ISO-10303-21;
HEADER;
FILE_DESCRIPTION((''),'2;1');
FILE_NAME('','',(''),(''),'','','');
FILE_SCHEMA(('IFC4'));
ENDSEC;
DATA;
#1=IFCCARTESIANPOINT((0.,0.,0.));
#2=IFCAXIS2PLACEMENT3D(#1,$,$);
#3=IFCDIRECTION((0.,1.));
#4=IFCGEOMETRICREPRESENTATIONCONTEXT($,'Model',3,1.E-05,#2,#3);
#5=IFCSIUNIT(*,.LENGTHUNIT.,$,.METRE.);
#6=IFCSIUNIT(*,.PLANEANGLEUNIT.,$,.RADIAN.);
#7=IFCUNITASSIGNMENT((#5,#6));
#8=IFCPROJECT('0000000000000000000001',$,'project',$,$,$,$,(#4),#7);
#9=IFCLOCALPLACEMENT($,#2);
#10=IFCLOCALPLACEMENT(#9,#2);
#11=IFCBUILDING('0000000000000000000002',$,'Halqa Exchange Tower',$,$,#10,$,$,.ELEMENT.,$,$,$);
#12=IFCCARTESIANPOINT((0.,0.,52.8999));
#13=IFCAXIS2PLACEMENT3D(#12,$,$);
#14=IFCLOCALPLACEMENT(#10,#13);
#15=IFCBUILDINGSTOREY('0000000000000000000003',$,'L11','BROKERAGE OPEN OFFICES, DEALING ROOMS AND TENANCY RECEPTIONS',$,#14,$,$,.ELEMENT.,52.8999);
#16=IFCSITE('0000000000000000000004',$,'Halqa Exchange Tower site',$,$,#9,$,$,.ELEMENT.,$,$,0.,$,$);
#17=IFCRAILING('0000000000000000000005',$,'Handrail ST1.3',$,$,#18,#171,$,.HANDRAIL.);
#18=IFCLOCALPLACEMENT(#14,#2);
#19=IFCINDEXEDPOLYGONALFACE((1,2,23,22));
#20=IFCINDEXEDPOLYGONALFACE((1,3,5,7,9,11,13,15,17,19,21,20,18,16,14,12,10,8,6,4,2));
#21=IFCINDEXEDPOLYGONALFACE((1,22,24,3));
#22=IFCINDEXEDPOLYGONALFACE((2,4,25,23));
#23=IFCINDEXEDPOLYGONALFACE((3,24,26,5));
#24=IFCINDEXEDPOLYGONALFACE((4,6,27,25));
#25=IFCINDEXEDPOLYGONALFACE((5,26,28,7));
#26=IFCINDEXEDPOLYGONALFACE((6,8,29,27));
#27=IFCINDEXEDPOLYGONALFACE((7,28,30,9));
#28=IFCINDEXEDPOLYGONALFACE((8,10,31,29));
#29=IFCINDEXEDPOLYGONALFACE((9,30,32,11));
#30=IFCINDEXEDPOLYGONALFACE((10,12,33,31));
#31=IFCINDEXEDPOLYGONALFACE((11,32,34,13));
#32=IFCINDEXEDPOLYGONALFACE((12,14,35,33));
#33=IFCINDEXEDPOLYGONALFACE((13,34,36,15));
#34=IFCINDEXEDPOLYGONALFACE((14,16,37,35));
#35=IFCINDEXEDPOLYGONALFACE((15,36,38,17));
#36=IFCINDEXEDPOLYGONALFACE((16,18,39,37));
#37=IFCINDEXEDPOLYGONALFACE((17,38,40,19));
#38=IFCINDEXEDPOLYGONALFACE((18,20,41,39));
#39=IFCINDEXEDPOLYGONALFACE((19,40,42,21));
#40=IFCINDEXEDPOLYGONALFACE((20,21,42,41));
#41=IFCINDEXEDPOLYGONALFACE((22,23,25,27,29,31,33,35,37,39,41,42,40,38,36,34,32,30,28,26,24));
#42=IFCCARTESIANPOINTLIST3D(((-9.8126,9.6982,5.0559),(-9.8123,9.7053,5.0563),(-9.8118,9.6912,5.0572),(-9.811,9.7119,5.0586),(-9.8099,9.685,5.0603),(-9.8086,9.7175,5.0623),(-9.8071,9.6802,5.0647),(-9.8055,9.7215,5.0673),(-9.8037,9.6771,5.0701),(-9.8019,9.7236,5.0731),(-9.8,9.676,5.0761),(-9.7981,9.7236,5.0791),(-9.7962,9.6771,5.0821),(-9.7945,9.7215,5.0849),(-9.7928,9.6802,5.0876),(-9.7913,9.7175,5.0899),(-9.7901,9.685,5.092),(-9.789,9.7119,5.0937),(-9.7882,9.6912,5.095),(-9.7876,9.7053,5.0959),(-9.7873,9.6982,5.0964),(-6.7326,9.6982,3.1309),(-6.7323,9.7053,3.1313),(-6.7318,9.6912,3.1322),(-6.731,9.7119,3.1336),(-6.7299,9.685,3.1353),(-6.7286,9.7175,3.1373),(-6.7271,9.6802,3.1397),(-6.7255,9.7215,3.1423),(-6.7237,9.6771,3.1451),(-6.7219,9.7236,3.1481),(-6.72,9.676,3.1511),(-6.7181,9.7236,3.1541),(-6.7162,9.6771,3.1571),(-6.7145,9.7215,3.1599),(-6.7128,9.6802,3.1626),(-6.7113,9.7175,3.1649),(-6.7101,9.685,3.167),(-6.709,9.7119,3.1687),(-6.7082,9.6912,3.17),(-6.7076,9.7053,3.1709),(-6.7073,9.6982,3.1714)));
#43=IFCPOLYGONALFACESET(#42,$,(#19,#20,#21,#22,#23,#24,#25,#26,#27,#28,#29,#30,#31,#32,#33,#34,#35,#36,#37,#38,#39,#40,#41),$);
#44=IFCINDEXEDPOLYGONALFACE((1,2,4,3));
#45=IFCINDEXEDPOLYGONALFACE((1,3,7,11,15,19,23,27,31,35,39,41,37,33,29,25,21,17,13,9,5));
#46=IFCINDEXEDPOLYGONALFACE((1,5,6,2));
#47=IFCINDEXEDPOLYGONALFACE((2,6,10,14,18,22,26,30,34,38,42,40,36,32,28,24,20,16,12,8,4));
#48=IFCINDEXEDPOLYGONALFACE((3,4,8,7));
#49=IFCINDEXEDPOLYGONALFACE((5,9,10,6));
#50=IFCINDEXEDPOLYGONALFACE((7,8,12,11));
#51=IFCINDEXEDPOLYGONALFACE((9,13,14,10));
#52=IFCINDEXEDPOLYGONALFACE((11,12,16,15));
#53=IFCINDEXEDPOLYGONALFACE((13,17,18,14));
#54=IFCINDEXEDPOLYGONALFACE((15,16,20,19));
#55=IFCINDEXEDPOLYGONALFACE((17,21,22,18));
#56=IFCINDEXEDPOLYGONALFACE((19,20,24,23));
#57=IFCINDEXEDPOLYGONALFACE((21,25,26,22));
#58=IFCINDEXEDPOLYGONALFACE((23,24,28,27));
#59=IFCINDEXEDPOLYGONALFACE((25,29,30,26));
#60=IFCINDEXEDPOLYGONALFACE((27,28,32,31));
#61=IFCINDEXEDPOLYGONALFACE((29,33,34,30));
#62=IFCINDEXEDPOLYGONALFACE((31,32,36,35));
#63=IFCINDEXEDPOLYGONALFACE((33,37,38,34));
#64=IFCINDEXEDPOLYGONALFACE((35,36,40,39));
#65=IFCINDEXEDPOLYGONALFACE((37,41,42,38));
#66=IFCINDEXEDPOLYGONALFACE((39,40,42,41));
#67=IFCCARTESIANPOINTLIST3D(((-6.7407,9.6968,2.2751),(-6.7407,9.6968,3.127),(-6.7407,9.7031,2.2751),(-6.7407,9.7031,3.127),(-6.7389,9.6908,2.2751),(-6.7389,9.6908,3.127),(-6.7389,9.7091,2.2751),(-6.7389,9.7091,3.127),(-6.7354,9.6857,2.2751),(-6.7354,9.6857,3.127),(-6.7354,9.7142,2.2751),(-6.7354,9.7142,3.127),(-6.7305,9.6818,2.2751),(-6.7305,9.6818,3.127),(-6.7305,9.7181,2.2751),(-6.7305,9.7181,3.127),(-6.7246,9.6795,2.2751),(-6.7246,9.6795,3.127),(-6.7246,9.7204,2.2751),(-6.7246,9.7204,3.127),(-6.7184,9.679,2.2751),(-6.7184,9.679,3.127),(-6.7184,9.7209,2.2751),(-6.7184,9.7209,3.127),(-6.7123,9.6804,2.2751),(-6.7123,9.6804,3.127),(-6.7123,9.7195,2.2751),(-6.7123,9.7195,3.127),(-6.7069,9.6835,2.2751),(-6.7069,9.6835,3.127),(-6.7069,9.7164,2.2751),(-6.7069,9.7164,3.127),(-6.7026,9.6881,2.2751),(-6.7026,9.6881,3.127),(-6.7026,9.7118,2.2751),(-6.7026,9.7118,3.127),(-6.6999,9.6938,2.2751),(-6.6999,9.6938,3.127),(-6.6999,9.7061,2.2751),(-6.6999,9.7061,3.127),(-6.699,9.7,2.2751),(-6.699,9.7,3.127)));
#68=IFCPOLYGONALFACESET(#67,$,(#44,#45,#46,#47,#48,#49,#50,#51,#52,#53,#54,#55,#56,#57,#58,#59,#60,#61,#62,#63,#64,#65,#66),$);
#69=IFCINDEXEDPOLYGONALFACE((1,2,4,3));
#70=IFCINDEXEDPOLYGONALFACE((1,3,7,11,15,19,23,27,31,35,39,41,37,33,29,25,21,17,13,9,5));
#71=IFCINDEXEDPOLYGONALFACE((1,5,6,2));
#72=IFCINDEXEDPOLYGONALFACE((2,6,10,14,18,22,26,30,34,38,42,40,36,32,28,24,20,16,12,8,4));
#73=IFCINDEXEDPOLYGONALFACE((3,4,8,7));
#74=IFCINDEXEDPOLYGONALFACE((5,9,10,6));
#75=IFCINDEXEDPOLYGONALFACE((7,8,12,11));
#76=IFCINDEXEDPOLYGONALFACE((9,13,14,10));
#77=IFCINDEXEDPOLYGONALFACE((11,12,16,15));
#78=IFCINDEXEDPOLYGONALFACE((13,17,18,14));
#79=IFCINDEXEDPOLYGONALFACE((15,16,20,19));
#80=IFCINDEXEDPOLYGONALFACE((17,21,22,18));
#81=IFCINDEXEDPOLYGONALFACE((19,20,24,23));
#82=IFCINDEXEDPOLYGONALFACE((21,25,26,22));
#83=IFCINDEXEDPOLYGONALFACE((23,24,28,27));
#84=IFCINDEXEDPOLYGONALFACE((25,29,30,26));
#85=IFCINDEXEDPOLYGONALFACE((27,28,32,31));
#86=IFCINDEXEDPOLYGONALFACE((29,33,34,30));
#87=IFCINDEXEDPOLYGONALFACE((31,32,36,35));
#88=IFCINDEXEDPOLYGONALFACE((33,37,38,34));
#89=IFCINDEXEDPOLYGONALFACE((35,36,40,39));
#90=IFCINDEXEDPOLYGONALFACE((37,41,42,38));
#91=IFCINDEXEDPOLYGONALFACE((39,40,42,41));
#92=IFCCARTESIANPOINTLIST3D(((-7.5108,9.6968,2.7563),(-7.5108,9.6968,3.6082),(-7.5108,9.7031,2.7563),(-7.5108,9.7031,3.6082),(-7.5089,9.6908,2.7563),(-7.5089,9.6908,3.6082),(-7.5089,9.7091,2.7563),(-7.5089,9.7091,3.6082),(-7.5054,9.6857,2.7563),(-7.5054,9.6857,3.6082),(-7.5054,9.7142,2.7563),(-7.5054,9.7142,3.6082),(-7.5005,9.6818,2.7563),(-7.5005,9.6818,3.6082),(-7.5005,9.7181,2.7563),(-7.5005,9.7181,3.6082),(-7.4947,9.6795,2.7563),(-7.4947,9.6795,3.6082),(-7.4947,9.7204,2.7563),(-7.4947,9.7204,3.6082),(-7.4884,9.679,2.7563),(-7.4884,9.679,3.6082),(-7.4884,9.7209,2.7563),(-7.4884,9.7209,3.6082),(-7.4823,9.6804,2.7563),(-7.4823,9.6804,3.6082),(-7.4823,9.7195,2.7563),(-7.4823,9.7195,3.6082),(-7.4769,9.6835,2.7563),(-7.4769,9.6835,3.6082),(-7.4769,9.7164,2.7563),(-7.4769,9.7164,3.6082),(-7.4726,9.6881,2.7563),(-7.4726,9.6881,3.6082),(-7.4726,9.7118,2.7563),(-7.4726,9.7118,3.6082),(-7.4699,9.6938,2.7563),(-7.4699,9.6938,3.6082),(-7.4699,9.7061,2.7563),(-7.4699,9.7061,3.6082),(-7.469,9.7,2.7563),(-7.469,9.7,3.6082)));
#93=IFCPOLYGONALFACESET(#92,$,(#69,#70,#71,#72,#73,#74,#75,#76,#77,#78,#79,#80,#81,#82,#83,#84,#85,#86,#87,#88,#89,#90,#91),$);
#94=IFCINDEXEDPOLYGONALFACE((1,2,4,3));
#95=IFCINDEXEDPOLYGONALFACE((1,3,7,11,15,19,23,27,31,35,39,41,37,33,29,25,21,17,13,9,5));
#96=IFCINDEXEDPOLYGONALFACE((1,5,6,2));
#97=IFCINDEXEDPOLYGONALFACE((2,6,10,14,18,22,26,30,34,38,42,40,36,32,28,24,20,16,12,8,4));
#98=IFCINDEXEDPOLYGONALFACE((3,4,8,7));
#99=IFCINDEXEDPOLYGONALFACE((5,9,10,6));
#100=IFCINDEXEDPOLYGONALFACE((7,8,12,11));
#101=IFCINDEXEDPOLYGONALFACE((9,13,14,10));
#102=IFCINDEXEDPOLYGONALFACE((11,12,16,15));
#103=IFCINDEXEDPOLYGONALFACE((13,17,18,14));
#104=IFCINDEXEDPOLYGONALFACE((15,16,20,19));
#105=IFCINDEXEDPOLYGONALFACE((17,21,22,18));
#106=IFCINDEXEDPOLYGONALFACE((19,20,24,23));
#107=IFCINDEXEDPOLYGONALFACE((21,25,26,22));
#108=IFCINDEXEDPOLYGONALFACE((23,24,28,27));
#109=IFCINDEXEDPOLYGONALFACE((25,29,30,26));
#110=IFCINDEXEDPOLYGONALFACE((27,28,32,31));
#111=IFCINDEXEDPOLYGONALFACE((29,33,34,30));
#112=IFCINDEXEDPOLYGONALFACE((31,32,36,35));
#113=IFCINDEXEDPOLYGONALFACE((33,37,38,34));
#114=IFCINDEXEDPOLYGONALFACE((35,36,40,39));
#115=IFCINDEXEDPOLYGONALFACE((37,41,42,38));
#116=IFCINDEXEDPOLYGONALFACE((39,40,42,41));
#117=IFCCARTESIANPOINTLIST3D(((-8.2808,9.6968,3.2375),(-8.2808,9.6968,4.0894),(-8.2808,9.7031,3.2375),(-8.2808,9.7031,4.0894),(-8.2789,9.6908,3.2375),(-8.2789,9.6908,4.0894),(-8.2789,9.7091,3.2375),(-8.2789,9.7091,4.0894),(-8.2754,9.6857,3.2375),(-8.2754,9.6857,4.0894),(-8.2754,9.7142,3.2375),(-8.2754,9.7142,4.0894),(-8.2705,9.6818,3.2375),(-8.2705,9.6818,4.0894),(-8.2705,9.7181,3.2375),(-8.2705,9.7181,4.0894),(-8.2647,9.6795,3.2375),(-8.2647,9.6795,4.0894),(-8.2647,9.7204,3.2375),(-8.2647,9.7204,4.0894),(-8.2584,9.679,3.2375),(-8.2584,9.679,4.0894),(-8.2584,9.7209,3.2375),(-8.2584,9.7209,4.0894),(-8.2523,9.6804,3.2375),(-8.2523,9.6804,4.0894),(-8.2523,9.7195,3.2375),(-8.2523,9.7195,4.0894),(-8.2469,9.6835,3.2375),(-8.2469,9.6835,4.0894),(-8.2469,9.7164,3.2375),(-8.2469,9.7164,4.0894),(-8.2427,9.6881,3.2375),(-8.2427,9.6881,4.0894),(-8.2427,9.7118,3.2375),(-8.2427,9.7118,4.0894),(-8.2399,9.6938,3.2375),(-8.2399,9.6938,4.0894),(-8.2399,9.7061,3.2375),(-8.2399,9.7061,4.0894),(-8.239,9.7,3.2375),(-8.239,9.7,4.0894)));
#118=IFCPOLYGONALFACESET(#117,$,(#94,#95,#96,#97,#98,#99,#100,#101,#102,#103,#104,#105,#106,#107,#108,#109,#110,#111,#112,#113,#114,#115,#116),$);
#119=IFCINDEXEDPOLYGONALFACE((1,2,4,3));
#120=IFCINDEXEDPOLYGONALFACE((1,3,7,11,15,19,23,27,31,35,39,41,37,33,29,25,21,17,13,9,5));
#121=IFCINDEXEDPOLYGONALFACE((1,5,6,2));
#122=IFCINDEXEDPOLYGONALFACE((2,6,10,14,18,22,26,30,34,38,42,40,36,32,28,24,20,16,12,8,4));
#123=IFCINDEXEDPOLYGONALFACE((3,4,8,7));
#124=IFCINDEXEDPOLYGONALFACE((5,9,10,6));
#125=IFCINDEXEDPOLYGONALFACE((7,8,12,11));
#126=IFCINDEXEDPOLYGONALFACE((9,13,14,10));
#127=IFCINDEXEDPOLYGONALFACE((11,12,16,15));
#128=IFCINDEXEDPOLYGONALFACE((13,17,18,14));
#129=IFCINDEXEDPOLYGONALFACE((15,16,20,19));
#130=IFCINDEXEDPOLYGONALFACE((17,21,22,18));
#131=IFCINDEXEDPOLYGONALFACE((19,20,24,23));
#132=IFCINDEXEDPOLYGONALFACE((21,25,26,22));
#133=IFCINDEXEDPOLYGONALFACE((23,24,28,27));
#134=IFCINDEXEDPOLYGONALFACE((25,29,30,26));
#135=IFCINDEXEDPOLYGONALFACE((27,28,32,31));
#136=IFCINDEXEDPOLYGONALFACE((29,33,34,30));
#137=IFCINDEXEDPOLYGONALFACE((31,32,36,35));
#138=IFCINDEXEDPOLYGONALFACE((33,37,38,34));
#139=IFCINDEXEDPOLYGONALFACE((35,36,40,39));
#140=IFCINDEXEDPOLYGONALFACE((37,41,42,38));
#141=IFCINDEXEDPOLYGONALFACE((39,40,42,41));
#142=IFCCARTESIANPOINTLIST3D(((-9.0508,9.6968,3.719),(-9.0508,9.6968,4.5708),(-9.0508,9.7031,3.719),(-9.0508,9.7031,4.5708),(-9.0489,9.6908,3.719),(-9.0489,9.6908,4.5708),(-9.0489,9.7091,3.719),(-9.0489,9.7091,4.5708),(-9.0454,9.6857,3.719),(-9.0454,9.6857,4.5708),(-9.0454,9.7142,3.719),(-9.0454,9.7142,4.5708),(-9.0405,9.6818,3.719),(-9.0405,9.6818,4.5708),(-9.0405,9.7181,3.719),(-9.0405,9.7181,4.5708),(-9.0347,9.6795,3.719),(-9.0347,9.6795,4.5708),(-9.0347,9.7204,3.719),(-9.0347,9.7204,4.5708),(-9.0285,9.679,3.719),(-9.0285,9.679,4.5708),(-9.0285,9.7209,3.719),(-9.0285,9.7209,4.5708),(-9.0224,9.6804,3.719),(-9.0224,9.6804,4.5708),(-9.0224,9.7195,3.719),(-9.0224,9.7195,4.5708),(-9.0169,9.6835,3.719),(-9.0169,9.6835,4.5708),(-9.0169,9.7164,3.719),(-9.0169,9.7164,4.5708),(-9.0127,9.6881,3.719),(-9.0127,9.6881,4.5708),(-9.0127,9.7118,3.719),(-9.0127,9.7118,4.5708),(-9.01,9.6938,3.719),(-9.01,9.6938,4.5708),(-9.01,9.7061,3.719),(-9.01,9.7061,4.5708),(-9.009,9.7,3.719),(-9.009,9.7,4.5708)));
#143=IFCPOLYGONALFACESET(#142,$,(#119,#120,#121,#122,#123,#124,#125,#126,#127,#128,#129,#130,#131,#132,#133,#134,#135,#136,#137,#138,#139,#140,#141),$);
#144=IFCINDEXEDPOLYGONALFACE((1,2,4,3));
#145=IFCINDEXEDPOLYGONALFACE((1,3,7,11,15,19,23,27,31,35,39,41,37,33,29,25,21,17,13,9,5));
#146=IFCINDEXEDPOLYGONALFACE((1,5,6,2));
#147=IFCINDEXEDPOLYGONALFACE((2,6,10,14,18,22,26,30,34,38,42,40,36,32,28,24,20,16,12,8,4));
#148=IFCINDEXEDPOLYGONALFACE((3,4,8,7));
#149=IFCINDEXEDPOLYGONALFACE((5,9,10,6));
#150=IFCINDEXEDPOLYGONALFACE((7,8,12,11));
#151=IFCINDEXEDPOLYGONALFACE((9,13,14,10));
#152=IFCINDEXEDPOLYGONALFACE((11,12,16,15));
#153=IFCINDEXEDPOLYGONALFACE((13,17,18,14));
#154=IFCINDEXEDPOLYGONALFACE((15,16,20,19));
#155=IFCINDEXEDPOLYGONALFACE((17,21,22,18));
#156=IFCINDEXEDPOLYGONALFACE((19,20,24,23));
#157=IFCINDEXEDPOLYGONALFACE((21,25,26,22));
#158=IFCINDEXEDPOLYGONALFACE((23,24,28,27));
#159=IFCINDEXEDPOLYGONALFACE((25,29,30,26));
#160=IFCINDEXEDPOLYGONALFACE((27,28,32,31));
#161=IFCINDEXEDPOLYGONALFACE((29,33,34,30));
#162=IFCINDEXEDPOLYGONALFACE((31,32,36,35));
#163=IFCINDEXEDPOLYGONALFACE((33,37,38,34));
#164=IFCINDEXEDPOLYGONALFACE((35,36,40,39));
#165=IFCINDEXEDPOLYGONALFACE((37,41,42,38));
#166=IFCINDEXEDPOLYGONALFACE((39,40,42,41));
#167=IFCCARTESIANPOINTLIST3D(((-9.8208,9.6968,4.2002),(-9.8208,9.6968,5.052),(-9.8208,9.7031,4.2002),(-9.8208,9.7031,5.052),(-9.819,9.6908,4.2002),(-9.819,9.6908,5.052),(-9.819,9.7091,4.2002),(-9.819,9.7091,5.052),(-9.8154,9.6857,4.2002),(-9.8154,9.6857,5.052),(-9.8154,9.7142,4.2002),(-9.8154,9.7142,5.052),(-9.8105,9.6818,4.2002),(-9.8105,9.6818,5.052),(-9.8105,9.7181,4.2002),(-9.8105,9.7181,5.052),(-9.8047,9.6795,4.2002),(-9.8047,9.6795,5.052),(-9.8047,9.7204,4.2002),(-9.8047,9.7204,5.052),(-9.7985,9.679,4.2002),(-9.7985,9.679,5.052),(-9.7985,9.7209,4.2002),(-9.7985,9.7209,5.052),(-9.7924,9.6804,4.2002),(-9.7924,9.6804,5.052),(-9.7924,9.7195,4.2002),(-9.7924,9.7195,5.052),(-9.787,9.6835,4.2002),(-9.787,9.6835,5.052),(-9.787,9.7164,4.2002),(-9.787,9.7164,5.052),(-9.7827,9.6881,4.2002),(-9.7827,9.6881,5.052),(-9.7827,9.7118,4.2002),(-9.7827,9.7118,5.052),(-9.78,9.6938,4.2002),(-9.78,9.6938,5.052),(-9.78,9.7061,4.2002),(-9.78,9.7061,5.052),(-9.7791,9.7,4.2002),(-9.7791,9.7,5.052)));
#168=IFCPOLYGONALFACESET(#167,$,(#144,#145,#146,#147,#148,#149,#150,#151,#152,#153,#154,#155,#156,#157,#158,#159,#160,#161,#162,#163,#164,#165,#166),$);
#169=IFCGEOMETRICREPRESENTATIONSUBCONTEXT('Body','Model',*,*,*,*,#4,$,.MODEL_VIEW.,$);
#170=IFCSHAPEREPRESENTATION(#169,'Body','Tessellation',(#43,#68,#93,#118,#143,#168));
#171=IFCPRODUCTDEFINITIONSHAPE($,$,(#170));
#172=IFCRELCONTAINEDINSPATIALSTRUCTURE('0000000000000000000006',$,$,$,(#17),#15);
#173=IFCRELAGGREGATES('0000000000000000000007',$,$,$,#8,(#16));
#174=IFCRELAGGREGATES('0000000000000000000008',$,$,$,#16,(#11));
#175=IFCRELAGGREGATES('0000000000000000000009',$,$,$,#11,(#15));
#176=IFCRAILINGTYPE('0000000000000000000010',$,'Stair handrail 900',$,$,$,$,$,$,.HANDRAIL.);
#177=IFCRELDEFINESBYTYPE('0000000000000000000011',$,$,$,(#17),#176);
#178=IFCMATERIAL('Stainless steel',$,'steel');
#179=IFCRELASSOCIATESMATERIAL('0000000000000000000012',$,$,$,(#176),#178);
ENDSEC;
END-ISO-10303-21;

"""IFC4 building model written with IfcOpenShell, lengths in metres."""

from ifc_helpers import new_model, si_unit, direction, frame, origin, origin_2d, place, context, subcontext, project, spatial, circle, extrude, material, type_object, element, save


model = new_model("IFC4")

# Units and contexts
model_context = context("Model", 3, precision=1e-05, world=origin(), true_north=direction((0.0, 1.0)))
body_context = subcontext(model_context, "Body", "Model", "MODEL_VIEW")
ifc_project = project(units=[si_unit("LENGTHUNIT", "METRE"), si_unit("PLANEANGLEUNIT", "RADIAN")], contexts=[model_context])

# Site, building, storey
site_placement = place(None, origin())
site = spatial("IfcSite", under=ifc_project, at=site_placement, Name="Halqa Exchange Tower site", CompositionType="ELEMENT", RefElevation=0.0)
building_placement = place(site_placement, origin())
building = spatial("IfcBuilding", under=site, at=building_placement, Name="Halqa Exchange Tower", CompositionType="ELEMENT")
storey_placement = place(building_placement, frame((0.0, 0.0, 52.8999)))
storey = spatial("IfcBuildingStorey", under=building, at=storey_placement, Name="L11", Description="BROKERAGE OPEN OFFICES, DEALING ROOMS AND TENANCY RECEPTIONS", CompositionType="ELEMENT", Elevation=52.8999)

# Railing
ifc_material_1 = material(Name="Stainless steel", Category="steel")
railing_type_1 = type_object("IfcRailingType", Name="Stair handrail 900", PredefinedType="HANDRAIL", material=ifc_material_1)
railing_1_placement = place(storey_placement, frame((-6.72, 9.7, 2.2751)))
element("IfcRailing", 1, at=railing_1_placement, inside=storey, type_object=railing_type_1, Name="Handrail ST1.3", PredefinedType="HANDRAIL", context=body_context, shape_type="SweptSolid", body=[
    extrude(circle(Radius=0.0239, at=origin_2d()), frame((0.0, 0.0, 0.876), z_axis=(-0.847998, 0.0, 0.529999), x_axis=(0.0, -1.0, 0.0)), (0.0, 0.0, 1.0), 3.6321),
    extrude(circle(Radius=0.021, at=origin_2d()), origin(), (0.0, 0.0, 1.0), 0.8518),
    extrude(circle(Radius=0.021, at=origin_2d()), frame((-0.77, 0.0, 0.4812)), (0.0, 0.0, 1.0), 0.8518),
    extrude(circle(Radius=0.021, at=origin_2d()), frame((-1.54, 0.0, 0.9624)), (0.0, 0.0, 1.0), 0.8518),
    extrude(circle(Radius=0.021, at=origin_2d()), frame((-2.3101, 0.0, 1.4438)), (0.0, 0.0, 1.0), 0.8518),
    extrude(circle(Radius=0.021, at=origin_2d()), frame((-3.0801, 0.0, 1.925)), (0.0, 0.0, 1.0), 0.8518),
])

save(model, "model.ifc")
